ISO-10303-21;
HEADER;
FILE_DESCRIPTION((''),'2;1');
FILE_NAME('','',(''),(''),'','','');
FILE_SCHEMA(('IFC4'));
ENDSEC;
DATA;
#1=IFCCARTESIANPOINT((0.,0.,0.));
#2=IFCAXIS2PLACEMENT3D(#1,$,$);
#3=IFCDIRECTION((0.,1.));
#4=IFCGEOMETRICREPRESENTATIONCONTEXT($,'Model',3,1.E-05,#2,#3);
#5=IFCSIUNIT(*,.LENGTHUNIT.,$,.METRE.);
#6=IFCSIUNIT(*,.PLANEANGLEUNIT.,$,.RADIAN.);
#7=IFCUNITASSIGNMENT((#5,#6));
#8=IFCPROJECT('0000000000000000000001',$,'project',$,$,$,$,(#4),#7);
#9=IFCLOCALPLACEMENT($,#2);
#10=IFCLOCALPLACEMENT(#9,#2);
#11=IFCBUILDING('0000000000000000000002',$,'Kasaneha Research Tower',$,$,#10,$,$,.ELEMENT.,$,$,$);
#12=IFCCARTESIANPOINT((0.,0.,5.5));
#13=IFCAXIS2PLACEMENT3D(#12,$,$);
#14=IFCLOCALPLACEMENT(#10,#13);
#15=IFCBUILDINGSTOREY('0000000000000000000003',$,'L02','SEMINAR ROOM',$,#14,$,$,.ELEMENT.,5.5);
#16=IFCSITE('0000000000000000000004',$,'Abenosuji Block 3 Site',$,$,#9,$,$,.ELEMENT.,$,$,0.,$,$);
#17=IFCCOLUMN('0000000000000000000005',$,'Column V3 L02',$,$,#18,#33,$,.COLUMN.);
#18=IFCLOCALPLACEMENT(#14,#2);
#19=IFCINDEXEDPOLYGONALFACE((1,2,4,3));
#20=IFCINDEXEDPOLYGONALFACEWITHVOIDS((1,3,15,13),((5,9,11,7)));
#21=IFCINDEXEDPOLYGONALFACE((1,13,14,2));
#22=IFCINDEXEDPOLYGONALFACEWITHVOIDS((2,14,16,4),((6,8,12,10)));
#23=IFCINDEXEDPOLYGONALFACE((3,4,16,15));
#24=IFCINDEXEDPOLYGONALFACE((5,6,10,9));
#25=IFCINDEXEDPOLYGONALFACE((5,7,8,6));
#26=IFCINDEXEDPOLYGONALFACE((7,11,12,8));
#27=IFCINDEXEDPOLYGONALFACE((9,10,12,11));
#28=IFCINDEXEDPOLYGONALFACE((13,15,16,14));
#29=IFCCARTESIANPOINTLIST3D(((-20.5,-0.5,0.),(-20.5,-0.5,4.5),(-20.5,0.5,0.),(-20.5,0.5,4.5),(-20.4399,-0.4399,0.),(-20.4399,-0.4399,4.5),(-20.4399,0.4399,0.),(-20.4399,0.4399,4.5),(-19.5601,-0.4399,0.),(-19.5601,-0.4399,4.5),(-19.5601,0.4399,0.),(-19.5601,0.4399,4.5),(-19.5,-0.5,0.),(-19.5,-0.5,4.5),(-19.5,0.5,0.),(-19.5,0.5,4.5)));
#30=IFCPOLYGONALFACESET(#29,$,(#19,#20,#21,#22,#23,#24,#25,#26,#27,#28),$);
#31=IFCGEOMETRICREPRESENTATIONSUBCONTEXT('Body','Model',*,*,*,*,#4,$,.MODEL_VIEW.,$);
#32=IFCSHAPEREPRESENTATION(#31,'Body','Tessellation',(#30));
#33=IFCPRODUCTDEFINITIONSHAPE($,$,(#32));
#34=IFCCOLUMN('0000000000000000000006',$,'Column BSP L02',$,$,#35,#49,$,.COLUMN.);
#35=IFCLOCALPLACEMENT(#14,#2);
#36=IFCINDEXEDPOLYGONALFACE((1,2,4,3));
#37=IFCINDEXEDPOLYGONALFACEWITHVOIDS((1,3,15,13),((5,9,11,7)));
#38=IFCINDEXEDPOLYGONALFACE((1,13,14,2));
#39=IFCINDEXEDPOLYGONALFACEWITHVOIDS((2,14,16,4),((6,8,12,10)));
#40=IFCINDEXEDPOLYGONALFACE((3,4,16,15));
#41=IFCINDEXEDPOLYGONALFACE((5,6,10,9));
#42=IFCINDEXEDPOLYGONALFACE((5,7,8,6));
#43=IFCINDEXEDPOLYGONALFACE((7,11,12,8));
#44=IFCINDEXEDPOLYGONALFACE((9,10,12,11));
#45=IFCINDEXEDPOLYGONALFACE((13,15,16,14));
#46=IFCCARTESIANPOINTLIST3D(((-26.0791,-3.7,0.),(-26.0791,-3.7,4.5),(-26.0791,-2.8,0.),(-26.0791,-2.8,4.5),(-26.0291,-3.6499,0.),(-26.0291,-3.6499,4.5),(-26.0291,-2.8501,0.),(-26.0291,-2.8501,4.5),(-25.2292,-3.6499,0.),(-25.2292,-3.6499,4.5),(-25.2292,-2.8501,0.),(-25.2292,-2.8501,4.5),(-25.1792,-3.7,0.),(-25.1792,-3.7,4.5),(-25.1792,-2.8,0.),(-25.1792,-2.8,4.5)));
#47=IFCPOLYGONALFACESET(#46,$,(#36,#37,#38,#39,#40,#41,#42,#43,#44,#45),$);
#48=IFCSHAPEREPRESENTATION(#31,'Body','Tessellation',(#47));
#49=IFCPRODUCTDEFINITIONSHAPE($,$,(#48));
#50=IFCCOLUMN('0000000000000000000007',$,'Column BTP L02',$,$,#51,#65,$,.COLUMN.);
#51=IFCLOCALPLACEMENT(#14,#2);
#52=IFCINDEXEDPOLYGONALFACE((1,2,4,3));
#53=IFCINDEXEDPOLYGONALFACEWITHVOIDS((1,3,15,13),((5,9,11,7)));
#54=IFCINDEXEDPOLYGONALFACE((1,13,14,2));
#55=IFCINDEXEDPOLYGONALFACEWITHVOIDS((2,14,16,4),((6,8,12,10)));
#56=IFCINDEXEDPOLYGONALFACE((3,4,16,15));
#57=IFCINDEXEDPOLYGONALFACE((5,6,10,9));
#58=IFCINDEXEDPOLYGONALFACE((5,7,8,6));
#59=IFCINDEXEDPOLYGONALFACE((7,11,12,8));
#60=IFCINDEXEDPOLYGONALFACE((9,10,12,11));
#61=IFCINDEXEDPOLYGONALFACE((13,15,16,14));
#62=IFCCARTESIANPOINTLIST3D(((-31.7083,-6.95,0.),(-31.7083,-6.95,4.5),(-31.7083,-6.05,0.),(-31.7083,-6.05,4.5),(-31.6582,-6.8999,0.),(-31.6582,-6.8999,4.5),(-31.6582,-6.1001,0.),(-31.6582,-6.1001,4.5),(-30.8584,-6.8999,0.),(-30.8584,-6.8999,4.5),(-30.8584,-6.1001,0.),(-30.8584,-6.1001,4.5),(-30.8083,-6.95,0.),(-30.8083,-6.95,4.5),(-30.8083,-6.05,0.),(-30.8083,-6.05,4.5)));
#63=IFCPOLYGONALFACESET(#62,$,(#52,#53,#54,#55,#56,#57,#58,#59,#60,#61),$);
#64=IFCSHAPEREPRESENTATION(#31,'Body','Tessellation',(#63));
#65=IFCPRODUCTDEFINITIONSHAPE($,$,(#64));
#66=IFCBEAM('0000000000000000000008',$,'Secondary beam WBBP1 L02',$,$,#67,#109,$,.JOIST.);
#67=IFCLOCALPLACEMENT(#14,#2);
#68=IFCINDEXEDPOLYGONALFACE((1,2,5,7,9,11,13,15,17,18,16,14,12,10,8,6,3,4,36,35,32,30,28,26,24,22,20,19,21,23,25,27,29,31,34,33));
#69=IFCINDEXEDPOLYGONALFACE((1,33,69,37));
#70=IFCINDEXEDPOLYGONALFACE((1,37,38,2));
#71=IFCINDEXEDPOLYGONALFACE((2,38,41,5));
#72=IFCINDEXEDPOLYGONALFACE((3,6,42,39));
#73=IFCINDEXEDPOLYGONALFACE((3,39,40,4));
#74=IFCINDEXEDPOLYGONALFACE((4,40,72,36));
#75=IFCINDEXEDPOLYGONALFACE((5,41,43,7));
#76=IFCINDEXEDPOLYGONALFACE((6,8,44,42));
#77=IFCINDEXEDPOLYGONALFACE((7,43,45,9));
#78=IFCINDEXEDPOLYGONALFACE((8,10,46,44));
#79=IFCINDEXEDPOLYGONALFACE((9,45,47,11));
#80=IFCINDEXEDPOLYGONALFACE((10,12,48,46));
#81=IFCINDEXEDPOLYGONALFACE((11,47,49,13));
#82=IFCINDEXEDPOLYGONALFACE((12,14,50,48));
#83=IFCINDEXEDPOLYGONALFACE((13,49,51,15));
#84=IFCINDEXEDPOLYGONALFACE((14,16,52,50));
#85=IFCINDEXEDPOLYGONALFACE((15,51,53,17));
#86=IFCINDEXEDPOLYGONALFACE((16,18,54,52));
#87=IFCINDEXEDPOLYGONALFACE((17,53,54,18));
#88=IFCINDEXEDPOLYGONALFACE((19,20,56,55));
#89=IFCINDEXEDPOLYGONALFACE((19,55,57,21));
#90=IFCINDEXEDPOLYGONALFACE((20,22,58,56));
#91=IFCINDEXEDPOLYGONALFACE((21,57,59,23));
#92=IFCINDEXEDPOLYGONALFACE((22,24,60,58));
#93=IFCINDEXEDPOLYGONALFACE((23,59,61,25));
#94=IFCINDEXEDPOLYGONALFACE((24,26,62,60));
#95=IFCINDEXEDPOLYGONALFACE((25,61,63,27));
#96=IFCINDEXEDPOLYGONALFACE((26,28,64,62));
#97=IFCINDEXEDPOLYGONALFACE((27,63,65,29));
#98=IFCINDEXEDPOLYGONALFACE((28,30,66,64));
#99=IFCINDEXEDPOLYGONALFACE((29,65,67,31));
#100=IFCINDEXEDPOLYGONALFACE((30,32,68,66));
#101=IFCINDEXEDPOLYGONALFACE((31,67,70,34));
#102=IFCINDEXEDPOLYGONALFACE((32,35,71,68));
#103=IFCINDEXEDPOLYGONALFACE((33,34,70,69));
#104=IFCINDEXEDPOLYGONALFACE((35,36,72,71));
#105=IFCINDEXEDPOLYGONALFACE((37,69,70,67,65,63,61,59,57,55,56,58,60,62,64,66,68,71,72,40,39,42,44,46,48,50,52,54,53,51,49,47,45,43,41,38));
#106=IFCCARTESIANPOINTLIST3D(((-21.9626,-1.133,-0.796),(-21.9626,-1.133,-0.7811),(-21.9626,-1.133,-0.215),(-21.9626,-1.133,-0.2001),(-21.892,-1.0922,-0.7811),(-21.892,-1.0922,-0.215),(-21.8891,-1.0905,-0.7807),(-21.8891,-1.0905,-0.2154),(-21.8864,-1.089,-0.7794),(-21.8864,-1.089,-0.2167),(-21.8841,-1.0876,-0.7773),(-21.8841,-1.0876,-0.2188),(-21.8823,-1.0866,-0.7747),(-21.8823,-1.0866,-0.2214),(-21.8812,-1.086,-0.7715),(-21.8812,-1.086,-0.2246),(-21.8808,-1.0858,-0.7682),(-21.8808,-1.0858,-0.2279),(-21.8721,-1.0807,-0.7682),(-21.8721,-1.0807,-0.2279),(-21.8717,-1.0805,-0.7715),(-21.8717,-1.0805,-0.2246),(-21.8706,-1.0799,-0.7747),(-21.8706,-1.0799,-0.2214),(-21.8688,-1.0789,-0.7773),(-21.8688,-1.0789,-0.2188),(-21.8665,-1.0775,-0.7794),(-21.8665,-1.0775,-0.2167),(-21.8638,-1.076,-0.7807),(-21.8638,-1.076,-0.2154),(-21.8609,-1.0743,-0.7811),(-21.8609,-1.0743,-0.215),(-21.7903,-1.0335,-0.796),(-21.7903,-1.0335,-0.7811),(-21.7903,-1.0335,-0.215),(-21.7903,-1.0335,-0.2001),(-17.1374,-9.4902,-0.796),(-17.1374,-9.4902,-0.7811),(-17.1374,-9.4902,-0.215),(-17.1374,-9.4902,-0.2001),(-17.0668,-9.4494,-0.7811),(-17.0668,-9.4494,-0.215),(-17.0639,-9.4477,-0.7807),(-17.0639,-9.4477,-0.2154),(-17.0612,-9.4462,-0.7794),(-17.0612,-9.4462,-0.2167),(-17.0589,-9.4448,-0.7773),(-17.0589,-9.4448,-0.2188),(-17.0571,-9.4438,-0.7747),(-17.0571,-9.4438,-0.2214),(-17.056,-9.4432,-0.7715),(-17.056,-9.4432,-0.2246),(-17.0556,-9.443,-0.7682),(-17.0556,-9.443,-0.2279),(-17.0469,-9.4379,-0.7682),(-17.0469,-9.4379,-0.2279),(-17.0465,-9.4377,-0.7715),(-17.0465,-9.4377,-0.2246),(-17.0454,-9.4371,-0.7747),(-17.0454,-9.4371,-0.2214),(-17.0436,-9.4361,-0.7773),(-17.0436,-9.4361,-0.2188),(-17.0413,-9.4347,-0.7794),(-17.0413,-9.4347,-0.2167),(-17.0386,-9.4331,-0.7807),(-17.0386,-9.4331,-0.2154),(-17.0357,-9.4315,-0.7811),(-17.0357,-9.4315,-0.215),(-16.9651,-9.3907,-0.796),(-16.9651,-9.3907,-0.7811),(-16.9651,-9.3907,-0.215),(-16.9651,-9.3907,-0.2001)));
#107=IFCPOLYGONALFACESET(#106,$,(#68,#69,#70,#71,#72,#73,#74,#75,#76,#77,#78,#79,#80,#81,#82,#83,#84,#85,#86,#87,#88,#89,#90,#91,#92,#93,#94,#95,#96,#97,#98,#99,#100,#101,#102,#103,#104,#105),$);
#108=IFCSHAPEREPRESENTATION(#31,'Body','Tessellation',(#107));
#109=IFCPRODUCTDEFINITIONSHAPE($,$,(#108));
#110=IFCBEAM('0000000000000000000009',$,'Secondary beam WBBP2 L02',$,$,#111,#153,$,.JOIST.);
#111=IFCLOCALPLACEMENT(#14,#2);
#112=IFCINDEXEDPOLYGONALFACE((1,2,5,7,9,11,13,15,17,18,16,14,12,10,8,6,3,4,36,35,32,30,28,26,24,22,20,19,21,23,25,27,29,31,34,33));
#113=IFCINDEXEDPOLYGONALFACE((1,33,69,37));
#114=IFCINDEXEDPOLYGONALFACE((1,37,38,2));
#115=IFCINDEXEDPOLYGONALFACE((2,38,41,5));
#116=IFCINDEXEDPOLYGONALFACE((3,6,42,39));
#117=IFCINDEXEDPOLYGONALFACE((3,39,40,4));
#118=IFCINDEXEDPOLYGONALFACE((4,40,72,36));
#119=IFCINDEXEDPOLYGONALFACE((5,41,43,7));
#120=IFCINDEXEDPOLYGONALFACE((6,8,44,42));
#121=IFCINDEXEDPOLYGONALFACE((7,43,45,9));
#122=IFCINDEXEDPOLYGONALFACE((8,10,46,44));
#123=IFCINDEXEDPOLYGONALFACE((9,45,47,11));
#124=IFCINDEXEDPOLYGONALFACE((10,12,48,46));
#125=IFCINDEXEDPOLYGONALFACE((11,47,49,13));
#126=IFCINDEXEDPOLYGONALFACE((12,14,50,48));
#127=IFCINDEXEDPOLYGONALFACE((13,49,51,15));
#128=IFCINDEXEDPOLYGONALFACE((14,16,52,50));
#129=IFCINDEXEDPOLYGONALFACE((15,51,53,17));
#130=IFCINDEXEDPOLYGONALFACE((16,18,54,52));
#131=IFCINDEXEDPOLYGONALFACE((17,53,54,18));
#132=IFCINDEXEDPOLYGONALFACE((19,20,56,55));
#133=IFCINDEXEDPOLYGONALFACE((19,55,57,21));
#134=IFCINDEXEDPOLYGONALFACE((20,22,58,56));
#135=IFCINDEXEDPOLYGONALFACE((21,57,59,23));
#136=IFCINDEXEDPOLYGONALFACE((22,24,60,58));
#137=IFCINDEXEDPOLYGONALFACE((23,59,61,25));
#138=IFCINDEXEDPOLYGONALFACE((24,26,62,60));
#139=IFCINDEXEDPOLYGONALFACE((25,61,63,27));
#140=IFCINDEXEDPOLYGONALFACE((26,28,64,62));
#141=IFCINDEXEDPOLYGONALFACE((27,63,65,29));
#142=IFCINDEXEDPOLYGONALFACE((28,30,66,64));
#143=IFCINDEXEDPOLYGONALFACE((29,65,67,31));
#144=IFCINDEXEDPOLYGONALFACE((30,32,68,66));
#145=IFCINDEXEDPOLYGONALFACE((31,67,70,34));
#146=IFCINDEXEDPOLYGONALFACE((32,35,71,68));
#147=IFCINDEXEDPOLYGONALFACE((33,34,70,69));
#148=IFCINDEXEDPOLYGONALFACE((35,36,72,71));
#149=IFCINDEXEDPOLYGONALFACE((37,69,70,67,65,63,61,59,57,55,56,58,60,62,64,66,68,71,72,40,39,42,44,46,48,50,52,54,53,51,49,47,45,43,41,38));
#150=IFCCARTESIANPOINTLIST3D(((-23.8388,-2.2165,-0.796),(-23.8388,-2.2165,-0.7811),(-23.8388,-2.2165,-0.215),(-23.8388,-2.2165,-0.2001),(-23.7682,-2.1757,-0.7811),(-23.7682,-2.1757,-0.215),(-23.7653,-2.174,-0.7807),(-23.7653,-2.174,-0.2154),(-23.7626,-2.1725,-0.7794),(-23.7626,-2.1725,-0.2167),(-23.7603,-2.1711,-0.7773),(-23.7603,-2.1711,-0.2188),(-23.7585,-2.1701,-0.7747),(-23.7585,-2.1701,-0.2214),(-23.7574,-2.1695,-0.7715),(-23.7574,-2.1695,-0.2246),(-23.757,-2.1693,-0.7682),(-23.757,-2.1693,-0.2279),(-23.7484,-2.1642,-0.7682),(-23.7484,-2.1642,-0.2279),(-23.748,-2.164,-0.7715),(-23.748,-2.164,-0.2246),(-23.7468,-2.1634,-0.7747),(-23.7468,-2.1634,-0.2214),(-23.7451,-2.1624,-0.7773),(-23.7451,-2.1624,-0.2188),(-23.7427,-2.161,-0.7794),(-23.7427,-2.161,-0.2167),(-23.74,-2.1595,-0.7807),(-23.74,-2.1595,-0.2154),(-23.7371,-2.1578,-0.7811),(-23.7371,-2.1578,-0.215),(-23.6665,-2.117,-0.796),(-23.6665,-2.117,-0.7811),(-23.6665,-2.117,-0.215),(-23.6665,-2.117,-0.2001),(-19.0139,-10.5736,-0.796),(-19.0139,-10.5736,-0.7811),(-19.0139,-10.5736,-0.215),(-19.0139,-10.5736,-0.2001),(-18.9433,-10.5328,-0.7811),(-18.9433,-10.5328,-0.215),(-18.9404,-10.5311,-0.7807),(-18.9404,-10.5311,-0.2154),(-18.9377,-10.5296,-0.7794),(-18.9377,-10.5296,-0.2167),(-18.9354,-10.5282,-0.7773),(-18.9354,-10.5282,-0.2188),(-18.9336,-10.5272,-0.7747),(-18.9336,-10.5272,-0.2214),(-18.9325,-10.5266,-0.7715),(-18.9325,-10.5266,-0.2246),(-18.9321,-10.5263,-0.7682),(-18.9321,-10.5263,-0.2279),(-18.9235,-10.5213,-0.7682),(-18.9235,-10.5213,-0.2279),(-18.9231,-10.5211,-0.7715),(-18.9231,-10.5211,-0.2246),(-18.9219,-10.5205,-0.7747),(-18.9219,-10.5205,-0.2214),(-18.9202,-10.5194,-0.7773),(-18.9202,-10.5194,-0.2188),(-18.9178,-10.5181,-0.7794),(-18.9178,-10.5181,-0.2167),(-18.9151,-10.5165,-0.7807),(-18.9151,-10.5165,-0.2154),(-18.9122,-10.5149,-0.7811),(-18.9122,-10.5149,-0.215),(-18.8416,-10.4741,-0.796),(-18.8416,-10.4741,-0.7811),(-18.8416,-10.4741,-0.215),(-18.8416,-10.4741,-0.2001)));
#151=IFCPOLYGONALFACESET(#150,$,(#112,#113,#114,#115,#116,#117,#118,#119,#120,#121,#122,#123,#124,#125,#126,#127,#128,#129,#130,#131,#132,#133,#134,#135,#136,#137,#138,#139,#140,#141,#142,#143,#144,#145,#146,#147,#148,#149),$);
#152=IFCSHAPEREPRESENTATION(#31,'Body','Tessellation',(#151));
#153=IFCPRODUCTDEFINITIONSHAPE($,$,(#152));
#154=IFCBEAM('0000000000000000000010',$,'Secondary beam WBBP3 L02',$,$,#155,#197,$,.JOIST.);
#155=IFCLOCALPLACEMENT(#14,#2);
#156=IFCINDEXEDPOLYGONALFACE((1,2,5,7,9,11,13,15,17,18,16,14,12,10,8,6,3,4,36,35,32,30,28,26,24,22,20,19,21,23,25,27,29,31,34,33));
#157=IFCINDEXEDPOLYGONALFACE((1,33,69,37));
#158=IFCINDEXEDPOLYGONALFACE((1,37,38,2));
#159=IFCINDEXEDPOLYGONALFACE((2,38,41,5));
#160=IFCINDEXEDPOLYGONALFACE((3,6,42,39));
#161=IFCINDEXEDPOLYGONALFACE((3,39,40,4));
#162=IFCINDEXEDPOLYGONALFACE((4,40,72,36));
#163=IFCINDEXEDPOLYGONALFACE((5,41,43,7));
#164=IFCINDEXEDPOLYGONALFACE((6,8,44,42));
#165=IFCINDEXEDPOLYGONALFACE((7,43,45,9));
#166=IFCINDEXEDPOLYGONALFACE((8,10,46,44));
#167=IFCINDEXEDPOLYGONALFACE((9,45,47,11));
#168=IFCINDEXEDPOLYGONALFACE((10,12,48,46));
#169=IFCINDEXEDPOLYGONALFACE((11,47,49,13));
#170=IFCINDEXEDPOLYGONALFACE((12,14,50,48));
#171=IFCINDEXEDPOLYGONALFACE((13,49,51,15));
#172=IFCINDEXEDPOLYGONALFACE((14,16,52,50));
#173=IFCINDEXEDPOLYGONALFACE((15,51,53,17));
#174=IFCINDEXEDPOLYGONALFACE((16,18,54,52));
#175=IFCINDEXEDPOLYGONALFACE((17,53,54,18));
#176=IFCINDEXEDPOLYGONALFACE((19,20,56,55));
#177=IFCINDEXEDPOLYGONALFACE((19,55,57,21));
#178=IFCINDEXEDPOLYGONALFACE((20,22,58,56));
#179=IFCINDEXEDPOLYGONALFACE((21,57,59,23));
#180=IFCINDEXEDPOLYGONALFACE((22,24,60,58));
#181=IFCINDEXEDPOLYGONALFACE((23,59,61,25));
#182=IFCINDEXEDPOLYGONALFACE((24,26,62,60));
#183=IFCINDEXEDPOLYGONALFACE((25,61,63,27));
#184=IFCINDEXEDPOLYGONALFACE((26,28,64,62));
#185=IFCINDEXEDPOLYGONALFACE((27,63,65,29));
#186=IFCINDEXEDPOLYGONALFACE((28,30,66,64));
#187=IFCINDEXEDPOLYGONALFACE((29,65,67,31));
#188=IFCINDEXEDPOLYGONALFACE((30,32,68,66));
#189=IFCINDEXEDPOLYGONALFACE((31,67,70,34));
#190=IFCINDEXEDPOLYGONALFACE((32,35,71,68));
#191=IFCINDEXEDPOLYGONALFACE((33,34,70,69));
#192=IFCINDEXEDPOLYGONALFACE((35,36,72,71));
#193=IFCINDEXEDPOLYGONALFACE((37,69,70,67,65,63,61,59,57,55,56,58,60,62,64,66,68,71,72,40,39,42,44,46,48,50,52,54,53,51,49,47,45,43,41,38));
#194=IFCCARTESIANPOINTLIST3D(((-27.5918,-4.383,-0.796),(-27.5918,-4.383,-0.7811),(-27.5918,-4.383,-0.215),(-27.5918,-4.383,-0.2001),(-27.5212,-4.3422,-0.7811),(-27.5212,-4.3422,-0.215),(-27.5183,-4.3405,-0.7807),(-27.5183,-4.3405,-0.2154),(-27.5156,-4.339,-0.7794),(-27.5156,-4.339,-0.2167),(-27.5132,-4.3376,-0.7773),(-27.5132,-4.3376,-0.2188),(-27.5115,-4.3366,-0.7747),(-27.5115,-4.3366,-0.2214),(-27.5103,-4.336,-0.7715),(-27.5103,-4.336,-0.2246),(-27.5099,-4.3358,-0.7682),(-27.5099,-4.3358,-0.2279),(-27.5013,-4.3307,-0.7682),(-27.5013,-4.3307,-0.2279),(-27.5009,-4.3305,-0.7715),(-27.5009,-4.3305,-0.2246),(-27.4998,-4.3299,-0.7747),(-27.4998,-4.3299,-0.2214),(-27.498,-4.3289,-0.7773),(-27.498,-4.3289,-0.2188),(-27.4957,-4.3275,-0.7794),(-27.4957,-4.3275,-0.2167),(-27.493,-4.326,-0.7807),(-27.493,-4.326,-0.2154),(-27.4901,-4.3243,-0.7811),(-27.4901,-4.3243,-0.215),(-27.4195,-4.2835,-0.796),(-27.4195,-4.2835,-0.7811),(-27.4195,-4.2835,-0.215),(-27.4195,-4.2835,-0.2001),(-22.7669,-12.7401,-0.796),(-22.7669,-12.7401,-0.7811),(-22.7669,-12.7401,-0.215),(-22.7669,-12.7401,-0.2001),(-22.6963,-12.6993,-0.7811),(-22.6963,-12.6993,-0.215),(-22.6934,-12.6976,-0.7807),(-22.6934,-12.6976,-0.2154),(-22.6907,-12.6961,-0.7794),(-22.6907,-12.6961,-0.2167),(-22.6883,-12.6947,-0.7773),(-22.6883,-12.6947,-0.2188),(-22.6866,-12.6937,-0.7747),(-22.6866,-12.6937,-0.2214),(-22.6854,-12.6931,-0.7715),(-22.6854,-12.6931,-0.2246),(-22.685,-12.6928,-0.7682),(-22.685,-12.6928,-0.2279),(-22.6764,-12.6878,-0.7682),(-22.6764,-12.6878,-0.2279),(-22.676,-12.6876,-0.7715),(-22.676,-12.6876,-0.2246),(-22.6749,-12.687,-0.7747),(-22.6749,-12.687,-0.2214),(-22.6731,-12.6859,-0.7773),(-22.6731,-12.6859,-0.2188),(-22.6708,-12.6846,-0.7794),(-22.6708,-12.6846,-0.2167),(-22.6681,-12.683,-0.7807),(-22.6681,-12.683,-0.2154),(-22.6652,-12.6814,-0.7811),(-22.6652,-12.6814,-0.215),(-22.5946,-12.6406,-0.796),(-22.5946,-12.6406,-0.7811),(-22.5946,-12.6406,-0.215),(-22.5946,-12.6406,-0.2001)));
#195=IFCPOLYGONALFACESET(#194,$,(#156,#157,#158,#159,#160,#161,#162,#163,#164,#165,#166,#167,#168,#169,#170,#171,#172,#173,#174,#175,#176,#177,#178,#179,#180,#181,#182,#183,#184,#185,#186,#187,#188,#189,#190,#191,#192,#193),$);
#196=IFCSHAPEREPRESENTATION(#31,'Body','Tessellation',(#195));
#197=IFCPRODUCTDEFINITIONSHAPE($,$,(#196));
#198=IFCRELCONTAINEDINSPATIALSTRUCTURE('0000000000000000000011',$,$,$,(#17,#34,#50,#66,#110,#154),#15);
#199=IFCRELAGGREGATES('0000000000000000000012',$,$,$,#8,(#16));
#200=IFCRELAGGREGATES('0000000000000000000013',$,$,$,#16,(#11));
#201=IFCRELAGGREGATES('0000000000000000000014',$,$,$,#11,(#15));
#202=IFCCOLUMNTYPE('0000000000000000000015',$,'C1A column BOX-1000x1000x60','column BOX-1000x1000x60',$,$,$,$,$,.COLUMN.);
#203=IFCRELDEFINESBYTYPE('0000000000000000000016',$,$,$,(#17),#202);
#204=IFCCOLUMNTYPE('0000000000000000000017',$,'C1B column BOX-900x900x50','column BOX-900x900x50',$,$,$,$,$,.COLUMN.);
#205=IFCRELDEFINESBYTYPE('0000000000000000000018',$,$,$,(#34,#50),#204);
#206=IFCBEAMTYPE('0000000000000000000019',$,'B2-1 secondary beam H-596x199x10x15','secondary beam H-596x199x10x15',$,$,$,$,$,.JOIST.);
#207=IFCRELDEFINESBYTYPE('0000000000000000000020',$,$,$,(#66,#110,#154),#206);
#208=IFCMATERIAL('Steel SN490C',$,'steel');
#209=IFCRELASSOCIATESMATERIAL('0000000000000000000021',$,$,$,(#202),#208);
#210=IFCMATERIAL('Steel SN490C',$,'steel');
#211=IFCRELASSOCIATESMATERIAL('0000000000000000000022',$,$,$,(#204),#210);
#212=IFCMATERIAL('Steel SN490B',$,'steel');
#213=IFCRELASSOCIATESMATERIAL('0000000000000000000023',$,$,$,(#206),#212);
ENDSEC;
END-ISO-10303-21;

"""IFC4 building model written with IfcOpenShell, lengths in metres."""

from ifc_helpers import new_model, si_unit, direction, frame, origin, origin_2d, place, context, subcontext, project, spatial, hollow_rectangle, i_section, extrude, material, material_profile, profile_set, type_object, element, save


model = new_model("IFC4")

# Units and contexts
model_context = context("Model", 3, precision=1e-05, world=origin(), true_north=direction((0.0, 1.0)))
body_context = subcontext(model_context, "Body", "Model", "MODEL_VIEW")
ifc_project = project(units=[si_unit("LENGTHUNIT", "METRE"), si_unit("PLANEANGLEUNIT", "RADIAN")], contexts=[model_context])

# Site, building, storey
site_placement = place(None, origin())
site = spatial("IfcSite", under=ifc_project, at=site_placement, Name="Abenosuji Block 3 Site", CompositionType="ELEMENT", RefElevation=0.0)
building_placement = place(site_placement, origin())
building = spatial("IfcBuilding", under=site, at=building_placement, Name="Kasaneha Research Tower", CompositionType="ELEMENT")
storey_placement = place(building_placement, frame((0.0, 0.0, 5.5)))
storey = spatial("IfcBuildingStorey", under=building, at=storey_placement, Name="L02", Description="SEMINAR ROOM", CompositionType="ELEMENT", Elevation=5.5)

# Columns
ifc_material_1 = material(Name="Steel SN490C", Category="steel")
ifc_material_profile_1 = material_profile(ifc_material_1, hollow_rectangle(XDim=1.0, YDim=1.0, WallThickness=0.0601, at=origin_2d()), Name="BOX-1000x1000x60")
ifc_profile_set_1 = profile_set([ifc_material_profile_1], Name="Steel SN490C")
column_type_1 = type_object("IfcColumnType", Name="C1A column BOX-1000x1000x60", Description="column BOX-1000x1000x60", PredefinedType="COLUMN", material=ifc_profile_set_1)
column_placement = place(storey_placement, frame((-20.0, 0.0, 0.0), z_axis=(0.0, 0.0, 1.0), x_axis=(1.0, 0.0, 0.0)))
element("IfcColumn", 1, at=column_placement, inside=storey, type_object=column_type_1, Name="Column V3 L02", PredefinedType="COLUMN", context=body_context, shape_type="SweptSolid", body=[
    extrude(hollow_rectangle(XDim=1.0, YDim=1.0, WallThickness=0.0601, at=origin_2d()), origin(), (0.0, 0.0, 1.0), 4.5),
])
ifc_material_2 = material(Name="Steel SN490C", Category="steel")
ifc_material_profile_2 = material_profile(ifc_material_2, hollow_rectangle(XDim=0.8999, YDim=0.8999, WallThickness=0.05, at=origin_2d()), Name="BOX-900x900x50")
ifc_profile_set_2 = profile_set([ifc_material_profile_2], Name="Steel SN490C")
column_type_2 = type_object("IfcColumnType", Name="C1B column BOX-900x900x50", Description="column BOX-900x900x50", PredefinedType="COLUMN", material=ifc_profile_set_2)
for number, where, z_axis, x_axis, name in (
    (2, (-25.6292, -3.25, 0.0), (0.0, 0.0, 1.0), (1.0, 0.0, 0.0), "Column BSP L02"),
    (3, (-31.2583, -6.5, 0.0), (0.0, 0.0, 1.0), (1.0, 0.0, 0.0), "Column BTP L02"),
):
    element("IfcColumn", number, at=place(storey_placement, frame(where, z_axis=z_axis, x_axis=x_axis)), inside=storey, type_object=column_type_2, Name=name, PredefinedType="COLUMN", context=body_context, shape_type="SweptSolid", body=[
        extrude(hollow_rectangle(XDim=0.8999, YDim=0.8999, WallThickness=0.05, at=origin_2d()), origin(), (0.0, 0.0, 1.0), 4.5),
    ])

# Beams
ifc_material_3 = material(Name="Steel SN490B", Category="steel")
ifc_material_profile_3 = material_profile(ifc_material_3, i_section(OverallWidth=0.199, OverallDepth=0.5959, WebThickness=0.01, FlangeThickness=0.0149, FilletRadius=0.0129, at=origin_2d()), Name="H-596x199x10x15")
ifc_profile_set_3 = profile_set([ifc_material_profile_3], Name="Steel SN490B")
beam_type_1 = type_object("IfcBeamType", Name="B2-1 secondary beam H-596x199x10x15", Description="secondary beam H-596x199x10x15", PredefinedType="JOIST", material=ifc_profile_set_3)
beam_1_placement = place(storey_placement, frame((-21.8765, -1.0833, -0.498), z_axis=(0.500014, -0.866017, 0.0), x_axis=(0.866017, 0.500014, 0.0)))
element("IfcBeam", 4, at=beam_1_placement, inside=storey, type_object=beam_type_1, Name="Secondary beam WBBP1 L02", PredefinedType="JOIST", context=body_context, shape_type="SweptSolid", body=[
    extrude(i_section(OverallWidth=0.199, OverallDepth=0.5959, WebThickness=0.01, FlangeThickness=0.0149, FilletRadius=0.0129, at=origin_2d()), origin(), (0.0, 0.0, 1.0), 9.6501),
])
for number, where, z_axis, x_axis, name in (
    (5, (-23.7527, -2.1667, -0.498), (0.499995, -0.866028, 0.0), (0.866028, 0.499995, 0.0), "Secondary beam WBBP2 L02"),
    (6, (-27.5056, -4.3333, -0.498), (0.499995, -0.866028, 0.0), (0.866028, 0.499995, 0.0), "Secondary beam WBBP3 L02"),
):
    element("IfcBeam", number, at=place(storey_placement, frame(where, z_axis=z_axis, x_axis=x_axis)), inside=storey, type_object=beam_type_1, Name=name, PredefinedType="JOIST", context=body_context, shape_type="SweptSolid", body=[
        extrude(i_section(OverallWidth=0.199, OverallDepth=0.5959, WebThickness=0.01, FlangeThickness=0.0149, FilletRadius=0.0129, at=origin_2d()), origin(), (0.0, 0.0, 1.0), 9.6499),
    ])

save(model, "model.ifc")
